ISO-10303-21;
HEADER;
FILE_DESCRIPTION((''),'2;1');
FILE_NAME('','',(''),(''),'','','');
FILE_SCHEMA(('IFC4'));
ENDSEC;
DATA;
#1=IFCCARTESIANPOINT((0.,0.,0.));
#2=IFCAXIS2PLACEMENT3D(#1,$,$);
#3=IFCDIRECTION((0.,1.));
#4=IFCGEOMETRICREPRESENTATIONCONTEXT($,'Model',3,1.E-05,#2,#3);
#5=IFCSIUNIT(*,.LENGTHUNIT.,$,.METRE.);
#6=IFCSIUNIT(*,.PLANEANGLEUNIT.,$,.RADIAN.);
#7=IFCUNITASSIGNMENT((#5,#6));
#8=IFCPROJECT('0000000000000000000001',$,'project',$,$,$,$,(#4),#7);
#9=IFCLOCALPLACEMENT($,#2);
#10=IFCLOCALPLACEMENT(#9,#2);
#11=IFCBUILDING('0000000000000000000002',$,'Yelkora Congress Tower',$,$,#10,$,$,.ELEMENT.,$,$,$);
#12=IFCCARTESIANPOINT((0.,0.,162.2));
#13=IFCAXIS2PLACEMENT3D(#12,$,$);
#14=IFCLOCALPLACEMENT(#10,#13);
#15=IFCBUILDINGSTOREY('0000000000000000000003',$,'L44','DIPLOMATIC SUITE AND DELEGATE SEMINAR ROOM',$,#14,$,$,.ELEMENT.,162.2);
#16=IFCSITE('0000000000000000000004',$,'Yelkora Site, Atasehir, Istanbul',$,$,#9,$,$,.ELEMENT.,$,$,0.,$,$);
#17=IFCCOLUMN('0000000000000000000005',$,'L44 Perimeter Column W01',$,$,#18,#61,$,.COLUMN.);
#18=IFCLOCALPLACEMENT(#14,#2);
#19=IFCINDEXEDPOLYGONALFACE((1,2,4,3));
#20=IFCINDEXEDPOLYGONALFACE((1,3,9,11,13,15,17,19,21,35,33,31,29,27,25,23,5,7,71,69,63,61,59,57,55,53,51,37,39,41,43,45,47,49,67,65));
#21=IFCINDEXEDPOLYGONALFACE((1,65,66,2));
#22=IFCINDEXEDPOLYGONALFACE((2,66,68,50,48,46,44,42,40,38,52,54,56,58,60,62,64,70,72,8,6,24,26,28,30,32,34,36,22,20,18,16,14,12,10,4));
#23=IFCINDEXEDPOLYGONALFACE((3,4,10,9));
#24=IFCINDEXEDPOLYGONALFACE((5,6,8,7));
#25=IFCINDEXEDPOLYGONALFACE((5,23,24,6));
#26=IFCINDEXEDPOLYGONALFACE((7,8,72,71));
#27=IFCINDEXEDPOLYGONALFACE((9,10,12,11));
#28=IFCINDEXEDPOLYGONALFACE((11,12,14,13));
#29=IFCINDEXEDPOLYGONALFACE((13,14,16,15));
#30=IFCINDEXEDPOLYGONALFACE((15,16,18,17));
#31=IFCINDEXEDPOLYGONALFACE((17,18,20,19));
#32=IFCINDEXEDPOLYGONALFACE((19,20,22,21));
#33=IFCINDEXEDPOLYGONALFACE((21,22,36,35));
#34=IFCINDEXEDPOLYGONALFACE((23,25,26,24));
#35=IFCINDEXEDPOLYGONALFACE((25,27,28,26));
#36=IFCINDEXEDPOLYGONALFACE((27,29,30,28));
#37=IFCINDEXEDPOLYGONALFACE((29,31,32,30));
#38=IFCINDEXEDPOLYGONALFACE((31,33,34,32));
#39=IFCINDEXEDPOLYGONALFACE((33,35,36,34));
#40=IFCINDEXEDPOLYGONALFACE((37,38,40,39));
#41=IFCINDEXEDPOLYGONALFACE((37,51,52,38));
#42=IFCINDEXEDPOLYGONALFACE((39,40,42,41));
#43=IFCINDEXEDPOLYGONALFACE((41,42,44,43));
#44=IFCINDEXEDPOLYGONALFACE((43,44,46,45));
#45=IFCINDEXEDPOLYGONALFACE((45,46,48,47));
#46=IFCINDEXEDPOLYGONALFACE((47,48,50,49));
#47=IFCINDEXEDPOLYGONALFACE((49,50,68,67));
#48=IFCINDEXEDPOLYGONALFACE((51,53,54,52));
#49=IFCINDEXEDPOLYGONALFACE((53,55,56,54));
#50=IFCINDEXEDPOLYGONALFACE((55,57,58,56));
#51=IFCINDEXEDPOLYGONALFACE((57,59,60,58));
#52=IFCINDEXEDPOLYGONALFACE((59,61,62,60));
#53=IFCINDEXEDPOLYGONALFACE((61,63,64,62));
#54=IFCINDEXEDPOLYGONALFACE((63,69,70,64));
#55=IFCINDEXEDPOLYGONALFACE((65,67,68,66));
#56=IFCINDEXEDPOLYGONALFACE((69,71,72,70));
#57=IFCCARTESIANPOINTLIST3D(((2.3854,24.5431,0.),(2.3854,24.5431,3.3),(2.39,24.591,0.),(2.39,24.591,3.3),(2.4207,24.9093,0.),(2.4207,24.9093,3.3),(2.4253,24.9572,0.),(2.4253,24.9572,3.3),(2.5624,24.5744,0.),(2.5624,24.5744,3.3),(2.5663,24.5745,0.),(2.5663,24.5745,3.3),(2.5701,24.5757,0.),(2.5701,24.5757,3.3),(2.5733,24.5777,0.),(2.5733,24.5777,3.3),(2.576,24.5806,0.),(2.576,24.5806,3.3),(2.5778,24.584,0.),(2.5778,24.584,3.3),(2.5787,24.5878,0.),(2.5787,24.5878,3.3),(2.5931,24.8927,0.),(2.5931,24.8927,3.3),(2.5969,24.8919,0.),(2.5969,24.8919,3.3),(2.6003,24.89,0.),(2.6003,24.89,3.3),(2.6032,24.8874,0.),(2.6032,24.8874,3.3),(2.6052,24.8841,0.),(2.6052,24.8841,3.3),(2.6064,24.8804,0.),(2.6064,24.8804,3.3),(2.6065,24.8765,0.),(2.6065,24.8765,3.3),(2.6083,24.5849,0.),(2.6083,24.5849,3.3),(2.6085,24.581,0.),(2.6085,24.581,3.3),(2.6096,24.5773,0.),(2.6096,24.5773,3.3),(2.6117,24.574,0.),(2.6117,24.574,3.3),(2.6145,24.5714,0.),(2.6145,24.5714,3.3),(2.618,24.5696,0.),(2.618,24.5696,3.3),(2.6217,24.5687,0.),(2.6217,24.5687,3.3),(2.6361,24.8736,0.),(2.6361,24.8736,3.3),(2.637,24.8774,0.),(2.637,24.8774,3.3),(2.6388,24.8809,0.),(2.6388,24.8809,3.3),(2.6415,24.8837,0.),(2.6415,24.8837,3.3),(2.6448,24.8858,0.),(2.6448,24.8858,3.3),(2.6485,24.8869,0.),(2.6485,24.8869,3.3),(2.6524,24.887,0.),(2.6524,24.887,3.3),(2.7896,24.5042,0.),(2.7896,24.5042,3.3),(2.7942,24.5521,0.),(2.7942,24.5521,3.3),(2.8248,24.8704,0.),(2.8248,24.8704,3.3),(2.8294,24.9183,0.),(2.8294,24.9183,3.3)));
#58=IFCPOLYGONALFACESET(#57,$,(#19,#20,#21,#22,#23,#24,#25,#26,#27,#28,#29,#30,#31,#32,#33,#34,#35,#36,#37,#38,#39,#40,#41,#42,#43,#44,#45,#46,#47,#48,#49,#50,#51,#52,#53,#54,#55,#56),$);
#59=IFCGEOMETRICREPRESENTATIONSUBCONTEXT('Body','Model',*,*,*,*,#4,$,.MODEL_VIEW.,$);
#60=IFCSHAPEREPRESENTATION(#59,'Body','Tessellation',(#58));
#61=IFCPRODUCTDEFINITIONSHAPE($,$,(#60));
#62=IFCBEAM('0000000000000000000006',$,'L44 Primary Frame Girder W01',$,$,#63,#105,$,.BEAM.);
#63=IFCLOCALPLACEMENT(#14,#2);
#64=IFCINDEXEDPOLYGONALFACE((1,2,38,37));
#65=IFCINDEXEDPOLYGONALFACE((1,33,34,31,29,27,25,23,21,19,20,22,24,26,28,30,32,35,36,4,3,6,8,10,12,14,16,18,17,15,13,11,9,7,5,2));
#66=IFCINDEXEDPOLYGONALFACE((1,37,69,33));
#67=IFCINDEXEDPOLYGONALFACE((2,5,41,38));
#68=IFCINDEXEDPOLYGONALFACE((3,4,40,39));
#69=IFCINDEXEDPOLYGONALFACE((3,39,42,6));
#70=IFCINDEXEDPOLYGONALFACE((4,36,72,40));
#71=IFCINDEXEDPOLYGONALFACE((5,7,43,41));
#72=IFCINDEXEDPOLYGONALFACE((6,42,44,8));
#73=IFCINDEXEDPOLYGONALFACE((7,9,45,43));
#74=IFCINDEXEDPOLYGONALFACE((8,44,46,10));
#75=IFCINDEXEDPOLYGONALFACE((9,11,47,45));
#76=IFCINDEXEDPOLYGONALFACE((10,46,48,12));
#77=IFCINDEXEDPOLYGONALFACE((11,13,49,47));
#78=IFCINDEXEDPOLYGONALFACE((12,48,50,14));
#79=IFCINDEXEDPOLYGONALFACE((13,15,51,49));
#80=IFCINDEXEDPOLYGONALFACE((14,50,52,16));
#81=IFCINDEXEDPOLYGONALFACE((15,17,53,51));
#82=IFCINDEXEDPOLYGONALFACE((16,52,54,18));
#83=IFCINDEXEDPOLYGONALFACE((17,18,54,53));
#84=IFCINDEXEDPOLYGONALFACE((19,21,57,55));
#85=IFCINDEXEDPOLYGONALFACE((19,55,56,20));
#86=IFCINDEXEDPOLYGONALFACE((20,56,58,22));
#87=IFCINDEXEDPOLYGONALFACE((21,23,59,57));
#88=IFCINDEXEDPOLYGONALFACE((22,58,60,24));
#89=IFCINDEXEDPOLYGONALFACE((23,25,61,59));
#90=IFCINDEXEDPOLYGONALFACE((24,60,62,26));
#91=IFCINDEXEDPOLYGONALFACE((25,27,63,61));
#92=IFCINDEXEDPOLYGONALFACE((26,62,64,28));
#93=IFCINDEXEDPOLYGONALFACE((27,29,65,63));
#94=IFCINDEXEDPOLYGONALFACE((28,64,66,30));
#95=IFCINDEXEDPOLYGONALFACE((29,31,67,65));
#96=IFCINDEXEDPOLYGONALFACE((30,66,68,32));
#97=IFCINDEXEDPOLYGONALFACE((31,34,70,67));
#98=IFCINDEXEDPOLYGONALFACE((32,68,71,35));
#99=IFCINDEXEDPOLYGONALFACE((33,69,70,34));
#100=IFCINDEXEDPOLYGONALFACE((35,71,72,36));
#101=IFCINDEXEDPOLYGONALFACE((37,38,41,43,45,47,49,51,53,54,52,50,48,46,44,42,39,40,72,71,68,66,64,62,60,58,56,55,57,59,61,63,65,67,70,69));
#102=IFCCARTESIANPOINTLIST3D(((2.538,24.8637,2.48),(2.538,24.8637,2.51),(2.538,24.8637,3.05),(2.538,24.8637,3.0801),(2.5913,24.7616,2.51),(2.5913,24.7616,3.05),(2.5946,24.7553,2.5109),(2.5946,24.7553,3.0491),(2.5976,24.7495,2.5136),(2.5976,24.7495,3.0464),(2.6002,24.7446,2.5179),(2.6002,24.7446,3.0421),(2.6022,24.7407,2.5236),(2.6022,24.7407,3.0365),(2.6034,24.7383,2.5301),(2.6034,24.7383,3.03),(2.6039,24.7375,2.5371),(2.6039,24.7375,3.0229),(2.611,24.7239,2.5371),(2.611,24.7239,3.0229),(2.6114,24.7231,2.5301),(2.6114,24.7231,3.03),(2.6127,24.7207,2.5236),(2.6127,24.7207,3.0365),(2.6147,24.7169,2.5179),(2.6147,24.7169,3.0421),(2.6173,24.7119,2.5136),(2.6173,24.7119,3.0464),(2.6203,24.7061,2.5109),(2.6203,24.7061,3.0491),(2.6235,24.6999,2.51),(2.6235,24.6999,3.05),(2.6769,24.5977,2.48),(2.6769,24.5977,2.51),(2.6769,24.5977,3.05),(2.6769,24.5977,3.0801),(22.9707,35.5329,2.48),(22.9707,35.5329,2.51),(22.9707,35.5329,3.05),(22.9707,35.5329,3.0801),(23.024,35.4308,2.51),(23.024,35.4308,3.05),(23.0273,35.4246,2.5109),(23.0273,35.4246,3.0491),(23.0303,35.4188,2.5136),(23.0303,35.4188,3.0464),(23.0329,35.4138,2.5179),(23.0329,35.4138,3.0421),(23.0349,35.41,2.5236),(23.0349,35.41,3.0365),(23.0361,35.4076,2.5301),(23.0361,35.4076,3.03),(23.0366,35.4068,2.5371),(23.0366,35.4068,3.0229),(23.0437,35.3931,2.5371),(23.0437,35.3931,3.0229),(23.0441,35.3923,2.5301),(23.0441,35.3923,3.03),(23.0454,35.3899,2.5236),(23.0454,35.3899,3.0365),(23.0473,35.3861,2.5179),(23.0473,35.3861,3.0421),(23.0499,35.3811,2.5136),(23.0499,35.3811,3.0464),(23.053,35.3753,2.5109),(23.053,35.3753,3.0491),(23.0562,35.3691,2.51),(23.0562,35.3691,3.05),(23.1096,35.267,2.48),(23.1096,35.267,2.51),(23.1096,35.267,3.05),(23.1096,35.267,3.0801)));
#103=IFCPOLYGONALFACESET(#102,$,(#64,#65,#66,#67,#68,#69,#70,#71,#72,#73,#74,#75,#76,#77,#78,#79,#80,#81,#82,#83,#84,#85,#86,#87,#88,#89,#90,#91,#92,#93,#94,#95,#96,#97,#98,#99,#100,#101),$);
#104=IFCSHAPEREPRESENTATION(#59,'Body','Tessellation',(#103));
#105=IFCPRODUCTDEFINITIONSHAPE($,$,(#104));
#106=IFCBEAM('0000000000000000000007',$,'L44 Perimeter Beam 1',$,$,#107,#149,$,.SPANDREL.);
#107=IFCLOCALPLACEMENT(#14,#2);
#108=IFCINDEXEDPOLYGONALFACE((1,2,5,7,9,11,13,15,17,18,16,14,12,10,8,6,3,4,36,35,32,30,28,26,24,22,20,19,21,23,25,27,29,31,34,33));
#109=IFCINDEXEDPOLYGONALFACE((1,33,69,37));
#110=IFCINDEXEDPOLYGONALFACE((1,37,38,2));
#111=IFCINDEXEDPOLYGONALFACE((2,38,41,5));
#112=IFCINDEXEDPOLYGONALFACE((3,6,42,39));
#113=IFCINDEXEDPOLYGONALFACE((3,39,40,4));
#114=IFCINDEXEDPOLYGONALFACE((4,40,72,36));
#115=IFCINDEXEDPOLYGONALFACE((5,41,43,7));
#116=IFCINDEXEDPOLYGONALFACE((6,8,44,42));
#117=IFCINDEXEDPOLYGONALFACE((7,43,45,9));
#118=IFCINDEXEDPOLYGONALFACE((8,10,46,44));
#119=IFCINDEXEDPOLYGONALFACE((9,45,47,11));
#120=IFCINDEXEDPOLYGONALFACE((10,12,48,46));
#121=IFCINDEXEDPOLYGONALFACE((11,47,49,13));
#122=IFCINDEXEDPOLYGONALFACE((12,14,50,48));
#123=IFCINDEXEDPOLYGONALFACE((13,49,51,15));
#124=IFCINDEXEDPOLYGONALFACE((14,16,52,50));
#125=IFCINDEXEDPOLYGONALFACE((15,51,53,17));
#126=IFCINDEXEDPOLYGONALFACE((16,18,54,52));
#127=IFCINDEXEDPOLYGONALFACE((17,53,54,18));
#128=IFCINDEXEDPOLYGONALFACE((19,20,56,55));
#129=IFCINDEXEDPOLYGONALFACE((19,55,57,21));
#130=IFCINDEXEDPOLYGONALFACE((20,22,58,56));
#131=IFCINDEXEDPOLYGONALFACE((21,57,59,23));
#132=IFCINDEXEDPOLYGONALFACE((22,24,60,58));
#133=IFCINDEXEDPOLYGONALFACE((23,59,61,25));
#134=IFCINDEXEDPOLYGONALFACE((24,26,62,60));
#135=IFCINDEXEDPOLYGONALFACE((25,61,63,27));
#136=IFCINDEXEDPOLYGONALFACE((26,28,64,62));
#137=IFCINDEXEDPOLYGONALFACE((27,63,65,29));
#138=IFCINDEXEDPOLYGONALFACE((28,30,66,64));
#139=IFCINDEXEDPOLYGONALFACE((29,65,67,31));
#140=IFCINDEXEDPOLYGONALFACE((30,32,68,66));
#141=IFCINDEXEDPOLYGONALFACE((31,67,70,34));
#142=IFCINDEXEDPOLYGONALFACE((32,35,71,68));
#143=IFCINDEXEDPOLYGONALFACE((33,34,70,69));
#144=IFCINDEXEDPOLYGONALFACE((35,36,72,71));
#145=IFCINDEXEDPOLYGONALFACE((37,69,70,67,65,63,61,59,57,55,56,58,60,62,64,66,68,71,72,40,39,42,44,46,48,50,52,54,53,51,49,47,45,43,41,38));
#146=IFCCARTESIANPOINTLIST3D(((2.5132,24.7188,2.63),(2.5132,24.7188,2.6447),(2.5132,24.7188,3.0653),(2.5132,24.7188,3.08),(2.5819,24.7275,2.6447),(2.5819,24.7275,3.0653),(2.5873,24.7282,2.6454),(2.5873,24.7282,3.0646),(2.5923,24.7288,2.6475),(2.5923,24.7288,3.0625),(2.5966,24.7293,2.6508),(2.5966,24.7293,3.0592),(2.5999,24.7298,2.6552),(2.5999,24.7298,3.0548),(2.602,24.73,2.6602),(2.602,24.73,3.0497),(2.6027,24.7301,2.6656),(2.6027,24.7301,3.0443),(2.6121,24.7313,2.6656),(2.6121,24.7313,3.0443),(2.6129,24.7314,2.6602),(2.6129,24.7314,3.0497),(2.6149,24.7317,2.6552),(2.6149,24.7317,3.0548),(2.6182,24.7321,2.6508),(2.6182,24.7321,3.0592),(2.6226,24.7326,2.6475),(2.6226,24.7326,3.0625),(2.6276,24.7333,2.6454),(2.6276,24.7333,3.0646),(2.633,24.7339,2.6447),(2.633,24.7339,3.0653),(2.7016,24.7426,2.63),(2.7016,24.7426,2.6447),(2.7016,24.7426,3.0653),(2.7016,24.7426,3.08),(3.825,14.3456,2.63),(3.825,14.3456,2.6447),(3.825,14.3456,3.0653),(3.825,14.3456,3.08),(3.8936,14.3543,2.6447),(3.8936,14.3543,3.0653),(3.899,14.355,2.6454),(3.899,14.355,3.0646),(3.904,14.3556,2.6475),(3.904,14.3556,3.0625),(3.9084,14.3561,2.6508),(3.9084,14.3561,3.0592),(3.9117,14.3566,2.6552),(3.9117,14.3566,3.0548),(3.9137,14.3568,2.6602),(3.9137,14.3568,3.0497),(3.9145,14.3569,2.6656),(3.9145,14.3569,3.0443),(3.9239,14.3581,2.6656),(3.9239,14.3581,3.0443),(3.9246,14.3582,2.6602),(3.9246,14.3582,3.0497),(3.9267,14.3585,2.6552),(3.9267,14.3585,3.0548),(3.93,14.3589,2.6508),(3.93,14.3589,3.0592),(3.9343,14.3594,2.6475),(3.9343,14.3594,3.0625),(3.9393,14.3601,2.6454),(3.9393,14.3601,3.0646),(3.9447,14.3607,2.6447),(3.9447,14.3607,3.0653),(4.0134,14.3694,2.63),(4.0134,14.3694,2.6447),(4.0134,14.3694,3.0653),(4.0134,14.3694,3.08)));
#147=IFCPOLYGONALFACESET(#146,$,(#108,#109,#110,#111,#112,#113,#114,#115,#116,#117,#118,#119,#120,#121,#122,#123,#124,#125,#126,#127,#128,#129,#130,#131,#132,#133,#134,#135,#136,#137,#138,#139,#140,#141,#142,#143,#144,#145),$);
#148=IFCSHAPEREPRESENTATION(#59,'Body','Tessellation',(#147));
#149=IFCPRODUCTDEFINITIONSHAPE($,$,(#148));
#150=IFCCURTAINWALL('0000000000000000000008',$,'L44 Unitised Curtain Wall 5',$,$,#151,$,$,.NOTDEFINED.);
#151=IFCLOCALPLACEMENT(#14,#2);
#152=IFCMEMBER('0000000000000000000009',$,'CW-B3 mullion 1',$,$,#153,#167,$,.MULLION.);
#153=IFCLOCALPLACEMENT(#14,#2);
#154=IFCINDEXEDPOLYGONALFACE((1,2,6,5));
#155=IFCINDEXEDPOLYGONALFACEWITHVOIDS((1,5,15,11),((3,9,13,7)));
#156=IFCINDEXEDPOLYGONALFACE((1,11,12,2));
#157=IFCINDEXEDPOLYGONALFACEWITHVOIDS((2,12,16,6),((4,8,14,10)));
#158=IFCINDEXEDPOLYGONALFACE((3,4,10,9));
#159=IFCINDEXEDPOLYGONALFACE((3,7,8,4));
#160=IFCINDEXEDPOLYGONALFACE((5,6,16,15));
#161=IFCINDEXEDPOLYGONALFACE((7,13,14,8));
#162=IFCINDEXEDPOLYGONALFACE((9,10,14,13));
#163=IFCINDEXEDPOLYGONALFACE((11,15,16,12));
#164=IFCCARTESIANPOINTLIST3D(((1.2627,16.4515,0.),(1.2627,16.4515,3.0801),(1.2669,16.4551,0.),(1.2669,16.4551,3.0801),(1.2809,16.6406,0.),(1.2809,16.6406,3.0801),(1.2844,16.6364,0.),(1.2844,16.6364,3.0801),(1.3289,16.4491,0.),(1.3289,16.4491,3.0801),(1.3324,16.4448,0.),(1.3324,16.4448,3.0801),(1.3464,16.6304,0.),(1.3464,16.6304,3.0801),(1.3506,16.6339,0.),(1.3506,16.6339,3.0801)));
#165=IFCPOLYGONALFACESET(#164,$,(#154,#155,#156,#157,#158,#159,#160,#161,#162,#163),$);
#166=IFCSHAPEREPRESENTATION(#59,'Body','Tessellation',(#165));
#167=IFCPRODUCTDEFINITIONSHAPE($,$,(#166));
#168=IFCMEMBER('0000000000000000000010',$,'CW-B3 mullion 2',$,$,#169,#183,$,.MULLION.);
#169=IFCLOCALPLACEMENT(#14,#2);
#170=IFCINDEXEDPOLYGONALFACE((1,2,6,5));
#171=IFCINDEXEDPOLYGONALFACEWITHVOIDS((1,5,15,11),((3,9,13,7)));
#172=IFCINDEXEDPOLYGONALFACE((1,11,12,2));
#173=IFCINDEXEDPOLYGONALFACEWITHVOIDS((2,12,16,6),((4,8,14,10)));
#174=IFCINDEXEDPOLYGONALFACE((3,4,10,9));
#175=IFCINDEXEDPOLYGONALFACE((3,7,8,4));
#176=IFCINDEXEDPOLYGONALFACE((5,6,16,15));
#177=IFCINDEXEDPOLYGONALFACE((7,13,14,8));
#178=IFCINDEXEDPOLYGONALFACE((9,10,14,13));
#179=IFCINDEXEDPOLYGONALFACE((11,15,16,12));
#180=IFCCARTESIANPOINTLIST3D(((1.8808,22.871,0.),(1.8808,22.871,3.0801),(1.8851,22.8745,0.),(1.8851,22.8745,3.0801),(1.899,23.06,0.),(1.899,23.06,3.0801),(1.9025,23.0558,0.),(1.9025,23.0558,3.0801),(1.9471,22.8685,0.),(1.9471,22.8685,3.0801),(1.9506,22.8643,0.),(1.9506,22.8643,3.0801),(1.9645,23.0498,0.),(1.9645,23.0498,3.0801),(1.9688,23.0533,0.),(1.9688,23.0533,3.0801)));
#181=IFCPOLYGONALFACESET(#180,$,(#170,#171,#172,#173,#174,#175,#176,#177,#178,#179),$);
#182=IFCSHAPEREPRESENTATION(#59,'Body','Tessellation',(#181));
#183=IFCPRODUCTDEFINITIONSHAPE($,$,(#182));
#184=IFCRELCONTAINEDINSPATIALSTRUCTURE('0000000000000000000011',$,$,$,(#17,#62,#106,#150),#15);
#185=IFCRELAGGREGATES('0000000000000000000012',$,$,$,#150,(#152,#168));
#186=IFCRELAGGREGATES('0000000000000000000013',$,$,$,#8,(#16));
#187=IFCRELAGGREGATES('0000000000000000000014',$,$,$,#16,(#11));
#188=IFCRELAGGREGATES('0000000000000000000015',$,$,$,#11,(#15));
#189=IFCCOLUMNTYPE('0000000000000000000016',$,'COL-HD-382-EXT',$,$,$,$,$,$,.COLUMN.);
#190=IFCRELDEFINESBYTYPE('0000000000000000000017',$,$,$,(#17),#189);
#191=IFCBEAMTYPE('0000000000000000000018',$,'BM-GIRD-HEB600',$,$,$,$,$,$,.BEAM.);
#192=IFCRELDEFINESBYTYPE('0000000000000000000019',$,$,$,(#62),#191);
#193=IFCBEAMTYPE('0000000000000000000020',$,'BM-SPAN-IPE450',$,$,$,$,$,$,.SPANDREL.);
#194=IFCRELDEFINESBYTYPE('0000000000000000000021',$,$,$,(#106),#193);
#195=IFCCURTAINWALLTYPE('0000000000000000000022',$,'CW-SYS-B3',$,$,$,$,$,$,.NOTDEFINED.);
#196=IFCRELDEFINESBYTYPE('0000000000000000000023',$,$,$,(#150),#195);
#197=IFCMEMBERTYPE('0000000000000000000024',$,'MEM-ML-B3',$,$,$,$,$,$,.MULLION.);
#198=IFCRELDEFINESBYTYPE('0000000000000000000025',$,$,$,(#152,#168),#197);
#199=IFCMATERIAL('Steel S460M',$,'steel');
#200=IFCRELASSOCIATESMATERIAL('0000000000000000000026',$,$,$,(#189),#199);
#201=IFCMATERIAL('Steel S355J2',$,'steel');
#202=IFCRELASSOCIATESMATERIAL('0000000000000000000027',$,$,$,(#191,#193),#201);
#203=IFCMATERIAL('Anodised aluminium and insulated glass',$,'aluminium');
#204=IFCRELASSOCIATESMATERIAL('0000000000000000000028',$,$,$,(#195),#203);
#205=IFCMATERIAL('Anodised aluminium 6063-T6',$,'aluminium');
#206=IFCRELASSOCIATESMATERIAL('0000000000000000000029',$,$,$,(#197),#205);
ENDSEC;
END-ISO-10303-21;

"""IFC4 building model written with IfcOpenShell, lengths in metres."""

from ifc_helpers import new_model, si_unit, direction, frame, origin, origin_2d, place, context, subcontext, project, spatial, hollow_rectangle, i_section, extrude, material, material_profile, profile_set, type_object, element, aggregate, save


model = new_model("IFC4")

# Units and contexts
model_context = context("Model", 3, precision=1e-05, world=origin(), true_north=direction((0.0, 1.0)))
body_context = subcontext(model_context, "Body", "Model", "MODEL_VIEW")
ifc_project = project(units=[si_unit("LENGTHUNIT", "METRE"), si_unit("PLANEANGLEUNIT", "RADIAN")], contexts=[model_context])

# Site, building, storey
site_placement = place(None, origin())
site = spatial("IfcSite", under=ifc_project, at=site_placement, Name="Yelkora Site, Atasehir, Istanbul", CompositionType="ELEMENT", RefElevation=0.0)
building_placement = place(site_placement, origin())
building = spatial("IfcBuilding", under=site, at=building_placement, Name="Yelkora Congress Tower", CompositionType="ELEMENT")
storey_placement = place(building_placement, frame((0.0, 0.0, 162.2)))
storey = spatial("IfcBuildingStorey", under=building, at=storey_placement, Name="L44", Description="DIPLOMATIC SUITE AND DELEGATE SEMINAR ROOM", CompositionType="ELEMENT", Elevation=162.2)

# Column
ifc_material_1 = material(Name="Steel S460M", Category="steel")
ifc_material_profile_1 = material_profile(ifc_material_1, i_section(OverallWidth=0.406, OverallDepth=0.416, WebThickness=0.0298, FlangeThickness=0.0481, FilletRadius=0.0149, at=origin_2d()), Name="HD 400x382")
ifc_profile_set_1 = profile_set([ifc_material_profile_1], Name="Steel S460M")
column_type = type_object("IfcColumnType", Name="COL-HD-382-EXT", PredefinedType="COLUMN", material=ifc_profile_set_1)
column_placement = place(storey_placement, frame((2.6074, 24.7307, 0.0), z_axis=(0.0, 0.0, 1.0), x_axis=(0.995396, -0.095846, 0.0)))
element("IfcColumn", 1, at=column_placement, inside=storey, type_object=column_type, Name="L44 Perimeter Column W01", PredefinedType="COLUMN", context=body_context, shape_type="SweptSolid", body=[
    extrude(i_section(OverallWidth=0.406, OverallDepth=0.416, WebThickness=0.0298, FlangeThickness=0.0481, FilletRadius=0.0149, at=origin_2d()), origin(), (0.0, 0.0, 1.0), 3.3),
])

# Beams
ifc_material_2 = material(Name="Steel S355J2", Category="steel")
ifc_material_profile_2 = material_profile(ifc_material_2, i_section(OverallWidth=0.3, OverallDepth=0.6001, WebThickness=0.0154, FlangeThickness=0.03, FilletRadius=0.0271, at=origin_2d()), Name="HEB 600")
ifc_profile_set_2 = profile_set([ifc_material_profile_2], Name="Steel S355J2")
beam_type_1 = type_object("IfcBeamType", Name="BM-GIRD-HEB600", PredefinedType="BEAM", material=ifc_profile_set_2)
beam_1_placement = place(storey_placement, frame((2.6074, 24.7307, 2.78), z_axis=(0.88643, 0.462862, 0.0), x_axis=(-0.462862, 0.88643, 0.0)))
element("IfcBeam", 2, at=beam_1_placement, inside=storey, type_object=beam_type_1, Name="L44 Primary Frame Girder W01", PredefinedType="BEAM", context=body_context, shape_type="SweptSolid", body=[
    extrude(i_section(OverallWidth=0.3, OverallDepth=0.6001, WebThickness=0.0154, FlangeThickness=0.03, FilletRadius=0.0271, at=origin_2d()), origin(), (0.0, 0.0, 1.0), 23.0505),
])
ifc_material_profile_3 = material_profile(ifc_material_2, i_section(OverallWidth=0.1899, OverallDepth=0.45, WebThickness=0.0095, FlangeThickness=0.0146, FilletRadius=0.021, at=origin_2d()), Name="IPE 450")
ifc_profile_set_3 = profile_set([ifc_material_profile_3], Name="Steel S355J2")
beam_type_2 = type_object("IfcBeamType", Name="BM-SPAN-IPE450", PredefinedType="SPANDREL", material=ifc_profile_set_3)
beam_2_placement = place(storey_placement, frame((2.6074, 24.7307, 2.855), z_axis=(0.125457, -0.992099, 0.0), x_axis=(0.992099, 0.125457, 0.0)))
element("IfcBeam", 3, at=beam_2_placement, inside=storey, type_object=beam_type_2, Name="L44 Perimeter Beam 1", PredefinedType="SPANDREL", context=body_context, shape_type="SweptSolid", body=[
    extrude(i_section(OverallWidth=0.1899, OverallDepth=0.45, WebThickness=0.0095, FlangeThickness=0.0146, FilletRadius=0.021, at=origin_2d()), origin(), (0.0, 0.0, 1.0), 10.4558),
])

# Curtain wall, members
ifc_material_3 = material(Name="Anodised aluminium and insulated glass", Category="aluminium")
curtain_wall_type = type_object("IfcCurtainWallType", Name="CW-SYS-B3", PredefinedType="NOTDEFINED", material=ifc_material_3)
curtain_wall_placement = place(storey_placement, origin())
curtain_wall = element("IfcCurtainWall", 4, at=curtain_wall_placement, inside=storey, type_object=curtain_wall_type, Name="L44 Unitised Curtain Wall 5", PredefinedType="NOTDEFINED")
ifc_material_4 = material(Name="Anodised aluminium 6063-T6", Category="aluminium")
ifc_material_profile_4 = material_profile(ifc_material_4, hollow_rectangle(XDim=0.0701, YDim=0.1899, WallThickness=0.0039, at=origin_2d()), Name="ALU 70x190x4")
ifc_profile_set_4 = profile_set([ifc_material_profile_4], Name="Anodised aluminium 6063-T6")
member_type_1 = type_object("IfcMemberType", Name="MEM-ML-B3", PredefinedType="MULLION", material=ifc_profile_set_4)
member_1_placement = place(storey_placement, frame((1.3066, 16.5427, 0.0), z_axis=(0.0, 0.0, 1.0), x_axis=(-0.995396, 0.095845, 0.0)))
member_1 = element("IfcMember", 5, at=member_1_placement, type_object=member_type_1, Name="CW-B3 mullion 1", PredefinedType="MULLION", context=body_context, shape_type="SweptSolid", body=[
    extrude(hollow_rectangle(XDim=0.0701, YDim=0.1899, WallThickness=0.0039, at=origin_2d()), origin(), (0.0, 0.0, 1.0), 3.0801),
])
member_2_placement = place(storey_placement, frame((1.9248, 22.9622, 0.0), z_axis=(0.0, 0.0, 1.0), x_axis=(-0.995396, 0.095845, 0.0)))
member_2 = element("IfcMember", 6, at=member_2_placement, type_object=member_type_1, Name="CW-B3 mullion 2", PredefinedType="MULLION", context=body_context, shape_type="SweptSolid", body=[
    extrude(hollow_rectangle(XDim=0.0701, YDim=0.1899, WallThickness=0.0039, at=origin_2d()), origin(), (0.0, 0.0, 1.0), 3.0801),
])
aggregate(curtain_wall, [member_1, member_2])

save(model, "model.ifc")
